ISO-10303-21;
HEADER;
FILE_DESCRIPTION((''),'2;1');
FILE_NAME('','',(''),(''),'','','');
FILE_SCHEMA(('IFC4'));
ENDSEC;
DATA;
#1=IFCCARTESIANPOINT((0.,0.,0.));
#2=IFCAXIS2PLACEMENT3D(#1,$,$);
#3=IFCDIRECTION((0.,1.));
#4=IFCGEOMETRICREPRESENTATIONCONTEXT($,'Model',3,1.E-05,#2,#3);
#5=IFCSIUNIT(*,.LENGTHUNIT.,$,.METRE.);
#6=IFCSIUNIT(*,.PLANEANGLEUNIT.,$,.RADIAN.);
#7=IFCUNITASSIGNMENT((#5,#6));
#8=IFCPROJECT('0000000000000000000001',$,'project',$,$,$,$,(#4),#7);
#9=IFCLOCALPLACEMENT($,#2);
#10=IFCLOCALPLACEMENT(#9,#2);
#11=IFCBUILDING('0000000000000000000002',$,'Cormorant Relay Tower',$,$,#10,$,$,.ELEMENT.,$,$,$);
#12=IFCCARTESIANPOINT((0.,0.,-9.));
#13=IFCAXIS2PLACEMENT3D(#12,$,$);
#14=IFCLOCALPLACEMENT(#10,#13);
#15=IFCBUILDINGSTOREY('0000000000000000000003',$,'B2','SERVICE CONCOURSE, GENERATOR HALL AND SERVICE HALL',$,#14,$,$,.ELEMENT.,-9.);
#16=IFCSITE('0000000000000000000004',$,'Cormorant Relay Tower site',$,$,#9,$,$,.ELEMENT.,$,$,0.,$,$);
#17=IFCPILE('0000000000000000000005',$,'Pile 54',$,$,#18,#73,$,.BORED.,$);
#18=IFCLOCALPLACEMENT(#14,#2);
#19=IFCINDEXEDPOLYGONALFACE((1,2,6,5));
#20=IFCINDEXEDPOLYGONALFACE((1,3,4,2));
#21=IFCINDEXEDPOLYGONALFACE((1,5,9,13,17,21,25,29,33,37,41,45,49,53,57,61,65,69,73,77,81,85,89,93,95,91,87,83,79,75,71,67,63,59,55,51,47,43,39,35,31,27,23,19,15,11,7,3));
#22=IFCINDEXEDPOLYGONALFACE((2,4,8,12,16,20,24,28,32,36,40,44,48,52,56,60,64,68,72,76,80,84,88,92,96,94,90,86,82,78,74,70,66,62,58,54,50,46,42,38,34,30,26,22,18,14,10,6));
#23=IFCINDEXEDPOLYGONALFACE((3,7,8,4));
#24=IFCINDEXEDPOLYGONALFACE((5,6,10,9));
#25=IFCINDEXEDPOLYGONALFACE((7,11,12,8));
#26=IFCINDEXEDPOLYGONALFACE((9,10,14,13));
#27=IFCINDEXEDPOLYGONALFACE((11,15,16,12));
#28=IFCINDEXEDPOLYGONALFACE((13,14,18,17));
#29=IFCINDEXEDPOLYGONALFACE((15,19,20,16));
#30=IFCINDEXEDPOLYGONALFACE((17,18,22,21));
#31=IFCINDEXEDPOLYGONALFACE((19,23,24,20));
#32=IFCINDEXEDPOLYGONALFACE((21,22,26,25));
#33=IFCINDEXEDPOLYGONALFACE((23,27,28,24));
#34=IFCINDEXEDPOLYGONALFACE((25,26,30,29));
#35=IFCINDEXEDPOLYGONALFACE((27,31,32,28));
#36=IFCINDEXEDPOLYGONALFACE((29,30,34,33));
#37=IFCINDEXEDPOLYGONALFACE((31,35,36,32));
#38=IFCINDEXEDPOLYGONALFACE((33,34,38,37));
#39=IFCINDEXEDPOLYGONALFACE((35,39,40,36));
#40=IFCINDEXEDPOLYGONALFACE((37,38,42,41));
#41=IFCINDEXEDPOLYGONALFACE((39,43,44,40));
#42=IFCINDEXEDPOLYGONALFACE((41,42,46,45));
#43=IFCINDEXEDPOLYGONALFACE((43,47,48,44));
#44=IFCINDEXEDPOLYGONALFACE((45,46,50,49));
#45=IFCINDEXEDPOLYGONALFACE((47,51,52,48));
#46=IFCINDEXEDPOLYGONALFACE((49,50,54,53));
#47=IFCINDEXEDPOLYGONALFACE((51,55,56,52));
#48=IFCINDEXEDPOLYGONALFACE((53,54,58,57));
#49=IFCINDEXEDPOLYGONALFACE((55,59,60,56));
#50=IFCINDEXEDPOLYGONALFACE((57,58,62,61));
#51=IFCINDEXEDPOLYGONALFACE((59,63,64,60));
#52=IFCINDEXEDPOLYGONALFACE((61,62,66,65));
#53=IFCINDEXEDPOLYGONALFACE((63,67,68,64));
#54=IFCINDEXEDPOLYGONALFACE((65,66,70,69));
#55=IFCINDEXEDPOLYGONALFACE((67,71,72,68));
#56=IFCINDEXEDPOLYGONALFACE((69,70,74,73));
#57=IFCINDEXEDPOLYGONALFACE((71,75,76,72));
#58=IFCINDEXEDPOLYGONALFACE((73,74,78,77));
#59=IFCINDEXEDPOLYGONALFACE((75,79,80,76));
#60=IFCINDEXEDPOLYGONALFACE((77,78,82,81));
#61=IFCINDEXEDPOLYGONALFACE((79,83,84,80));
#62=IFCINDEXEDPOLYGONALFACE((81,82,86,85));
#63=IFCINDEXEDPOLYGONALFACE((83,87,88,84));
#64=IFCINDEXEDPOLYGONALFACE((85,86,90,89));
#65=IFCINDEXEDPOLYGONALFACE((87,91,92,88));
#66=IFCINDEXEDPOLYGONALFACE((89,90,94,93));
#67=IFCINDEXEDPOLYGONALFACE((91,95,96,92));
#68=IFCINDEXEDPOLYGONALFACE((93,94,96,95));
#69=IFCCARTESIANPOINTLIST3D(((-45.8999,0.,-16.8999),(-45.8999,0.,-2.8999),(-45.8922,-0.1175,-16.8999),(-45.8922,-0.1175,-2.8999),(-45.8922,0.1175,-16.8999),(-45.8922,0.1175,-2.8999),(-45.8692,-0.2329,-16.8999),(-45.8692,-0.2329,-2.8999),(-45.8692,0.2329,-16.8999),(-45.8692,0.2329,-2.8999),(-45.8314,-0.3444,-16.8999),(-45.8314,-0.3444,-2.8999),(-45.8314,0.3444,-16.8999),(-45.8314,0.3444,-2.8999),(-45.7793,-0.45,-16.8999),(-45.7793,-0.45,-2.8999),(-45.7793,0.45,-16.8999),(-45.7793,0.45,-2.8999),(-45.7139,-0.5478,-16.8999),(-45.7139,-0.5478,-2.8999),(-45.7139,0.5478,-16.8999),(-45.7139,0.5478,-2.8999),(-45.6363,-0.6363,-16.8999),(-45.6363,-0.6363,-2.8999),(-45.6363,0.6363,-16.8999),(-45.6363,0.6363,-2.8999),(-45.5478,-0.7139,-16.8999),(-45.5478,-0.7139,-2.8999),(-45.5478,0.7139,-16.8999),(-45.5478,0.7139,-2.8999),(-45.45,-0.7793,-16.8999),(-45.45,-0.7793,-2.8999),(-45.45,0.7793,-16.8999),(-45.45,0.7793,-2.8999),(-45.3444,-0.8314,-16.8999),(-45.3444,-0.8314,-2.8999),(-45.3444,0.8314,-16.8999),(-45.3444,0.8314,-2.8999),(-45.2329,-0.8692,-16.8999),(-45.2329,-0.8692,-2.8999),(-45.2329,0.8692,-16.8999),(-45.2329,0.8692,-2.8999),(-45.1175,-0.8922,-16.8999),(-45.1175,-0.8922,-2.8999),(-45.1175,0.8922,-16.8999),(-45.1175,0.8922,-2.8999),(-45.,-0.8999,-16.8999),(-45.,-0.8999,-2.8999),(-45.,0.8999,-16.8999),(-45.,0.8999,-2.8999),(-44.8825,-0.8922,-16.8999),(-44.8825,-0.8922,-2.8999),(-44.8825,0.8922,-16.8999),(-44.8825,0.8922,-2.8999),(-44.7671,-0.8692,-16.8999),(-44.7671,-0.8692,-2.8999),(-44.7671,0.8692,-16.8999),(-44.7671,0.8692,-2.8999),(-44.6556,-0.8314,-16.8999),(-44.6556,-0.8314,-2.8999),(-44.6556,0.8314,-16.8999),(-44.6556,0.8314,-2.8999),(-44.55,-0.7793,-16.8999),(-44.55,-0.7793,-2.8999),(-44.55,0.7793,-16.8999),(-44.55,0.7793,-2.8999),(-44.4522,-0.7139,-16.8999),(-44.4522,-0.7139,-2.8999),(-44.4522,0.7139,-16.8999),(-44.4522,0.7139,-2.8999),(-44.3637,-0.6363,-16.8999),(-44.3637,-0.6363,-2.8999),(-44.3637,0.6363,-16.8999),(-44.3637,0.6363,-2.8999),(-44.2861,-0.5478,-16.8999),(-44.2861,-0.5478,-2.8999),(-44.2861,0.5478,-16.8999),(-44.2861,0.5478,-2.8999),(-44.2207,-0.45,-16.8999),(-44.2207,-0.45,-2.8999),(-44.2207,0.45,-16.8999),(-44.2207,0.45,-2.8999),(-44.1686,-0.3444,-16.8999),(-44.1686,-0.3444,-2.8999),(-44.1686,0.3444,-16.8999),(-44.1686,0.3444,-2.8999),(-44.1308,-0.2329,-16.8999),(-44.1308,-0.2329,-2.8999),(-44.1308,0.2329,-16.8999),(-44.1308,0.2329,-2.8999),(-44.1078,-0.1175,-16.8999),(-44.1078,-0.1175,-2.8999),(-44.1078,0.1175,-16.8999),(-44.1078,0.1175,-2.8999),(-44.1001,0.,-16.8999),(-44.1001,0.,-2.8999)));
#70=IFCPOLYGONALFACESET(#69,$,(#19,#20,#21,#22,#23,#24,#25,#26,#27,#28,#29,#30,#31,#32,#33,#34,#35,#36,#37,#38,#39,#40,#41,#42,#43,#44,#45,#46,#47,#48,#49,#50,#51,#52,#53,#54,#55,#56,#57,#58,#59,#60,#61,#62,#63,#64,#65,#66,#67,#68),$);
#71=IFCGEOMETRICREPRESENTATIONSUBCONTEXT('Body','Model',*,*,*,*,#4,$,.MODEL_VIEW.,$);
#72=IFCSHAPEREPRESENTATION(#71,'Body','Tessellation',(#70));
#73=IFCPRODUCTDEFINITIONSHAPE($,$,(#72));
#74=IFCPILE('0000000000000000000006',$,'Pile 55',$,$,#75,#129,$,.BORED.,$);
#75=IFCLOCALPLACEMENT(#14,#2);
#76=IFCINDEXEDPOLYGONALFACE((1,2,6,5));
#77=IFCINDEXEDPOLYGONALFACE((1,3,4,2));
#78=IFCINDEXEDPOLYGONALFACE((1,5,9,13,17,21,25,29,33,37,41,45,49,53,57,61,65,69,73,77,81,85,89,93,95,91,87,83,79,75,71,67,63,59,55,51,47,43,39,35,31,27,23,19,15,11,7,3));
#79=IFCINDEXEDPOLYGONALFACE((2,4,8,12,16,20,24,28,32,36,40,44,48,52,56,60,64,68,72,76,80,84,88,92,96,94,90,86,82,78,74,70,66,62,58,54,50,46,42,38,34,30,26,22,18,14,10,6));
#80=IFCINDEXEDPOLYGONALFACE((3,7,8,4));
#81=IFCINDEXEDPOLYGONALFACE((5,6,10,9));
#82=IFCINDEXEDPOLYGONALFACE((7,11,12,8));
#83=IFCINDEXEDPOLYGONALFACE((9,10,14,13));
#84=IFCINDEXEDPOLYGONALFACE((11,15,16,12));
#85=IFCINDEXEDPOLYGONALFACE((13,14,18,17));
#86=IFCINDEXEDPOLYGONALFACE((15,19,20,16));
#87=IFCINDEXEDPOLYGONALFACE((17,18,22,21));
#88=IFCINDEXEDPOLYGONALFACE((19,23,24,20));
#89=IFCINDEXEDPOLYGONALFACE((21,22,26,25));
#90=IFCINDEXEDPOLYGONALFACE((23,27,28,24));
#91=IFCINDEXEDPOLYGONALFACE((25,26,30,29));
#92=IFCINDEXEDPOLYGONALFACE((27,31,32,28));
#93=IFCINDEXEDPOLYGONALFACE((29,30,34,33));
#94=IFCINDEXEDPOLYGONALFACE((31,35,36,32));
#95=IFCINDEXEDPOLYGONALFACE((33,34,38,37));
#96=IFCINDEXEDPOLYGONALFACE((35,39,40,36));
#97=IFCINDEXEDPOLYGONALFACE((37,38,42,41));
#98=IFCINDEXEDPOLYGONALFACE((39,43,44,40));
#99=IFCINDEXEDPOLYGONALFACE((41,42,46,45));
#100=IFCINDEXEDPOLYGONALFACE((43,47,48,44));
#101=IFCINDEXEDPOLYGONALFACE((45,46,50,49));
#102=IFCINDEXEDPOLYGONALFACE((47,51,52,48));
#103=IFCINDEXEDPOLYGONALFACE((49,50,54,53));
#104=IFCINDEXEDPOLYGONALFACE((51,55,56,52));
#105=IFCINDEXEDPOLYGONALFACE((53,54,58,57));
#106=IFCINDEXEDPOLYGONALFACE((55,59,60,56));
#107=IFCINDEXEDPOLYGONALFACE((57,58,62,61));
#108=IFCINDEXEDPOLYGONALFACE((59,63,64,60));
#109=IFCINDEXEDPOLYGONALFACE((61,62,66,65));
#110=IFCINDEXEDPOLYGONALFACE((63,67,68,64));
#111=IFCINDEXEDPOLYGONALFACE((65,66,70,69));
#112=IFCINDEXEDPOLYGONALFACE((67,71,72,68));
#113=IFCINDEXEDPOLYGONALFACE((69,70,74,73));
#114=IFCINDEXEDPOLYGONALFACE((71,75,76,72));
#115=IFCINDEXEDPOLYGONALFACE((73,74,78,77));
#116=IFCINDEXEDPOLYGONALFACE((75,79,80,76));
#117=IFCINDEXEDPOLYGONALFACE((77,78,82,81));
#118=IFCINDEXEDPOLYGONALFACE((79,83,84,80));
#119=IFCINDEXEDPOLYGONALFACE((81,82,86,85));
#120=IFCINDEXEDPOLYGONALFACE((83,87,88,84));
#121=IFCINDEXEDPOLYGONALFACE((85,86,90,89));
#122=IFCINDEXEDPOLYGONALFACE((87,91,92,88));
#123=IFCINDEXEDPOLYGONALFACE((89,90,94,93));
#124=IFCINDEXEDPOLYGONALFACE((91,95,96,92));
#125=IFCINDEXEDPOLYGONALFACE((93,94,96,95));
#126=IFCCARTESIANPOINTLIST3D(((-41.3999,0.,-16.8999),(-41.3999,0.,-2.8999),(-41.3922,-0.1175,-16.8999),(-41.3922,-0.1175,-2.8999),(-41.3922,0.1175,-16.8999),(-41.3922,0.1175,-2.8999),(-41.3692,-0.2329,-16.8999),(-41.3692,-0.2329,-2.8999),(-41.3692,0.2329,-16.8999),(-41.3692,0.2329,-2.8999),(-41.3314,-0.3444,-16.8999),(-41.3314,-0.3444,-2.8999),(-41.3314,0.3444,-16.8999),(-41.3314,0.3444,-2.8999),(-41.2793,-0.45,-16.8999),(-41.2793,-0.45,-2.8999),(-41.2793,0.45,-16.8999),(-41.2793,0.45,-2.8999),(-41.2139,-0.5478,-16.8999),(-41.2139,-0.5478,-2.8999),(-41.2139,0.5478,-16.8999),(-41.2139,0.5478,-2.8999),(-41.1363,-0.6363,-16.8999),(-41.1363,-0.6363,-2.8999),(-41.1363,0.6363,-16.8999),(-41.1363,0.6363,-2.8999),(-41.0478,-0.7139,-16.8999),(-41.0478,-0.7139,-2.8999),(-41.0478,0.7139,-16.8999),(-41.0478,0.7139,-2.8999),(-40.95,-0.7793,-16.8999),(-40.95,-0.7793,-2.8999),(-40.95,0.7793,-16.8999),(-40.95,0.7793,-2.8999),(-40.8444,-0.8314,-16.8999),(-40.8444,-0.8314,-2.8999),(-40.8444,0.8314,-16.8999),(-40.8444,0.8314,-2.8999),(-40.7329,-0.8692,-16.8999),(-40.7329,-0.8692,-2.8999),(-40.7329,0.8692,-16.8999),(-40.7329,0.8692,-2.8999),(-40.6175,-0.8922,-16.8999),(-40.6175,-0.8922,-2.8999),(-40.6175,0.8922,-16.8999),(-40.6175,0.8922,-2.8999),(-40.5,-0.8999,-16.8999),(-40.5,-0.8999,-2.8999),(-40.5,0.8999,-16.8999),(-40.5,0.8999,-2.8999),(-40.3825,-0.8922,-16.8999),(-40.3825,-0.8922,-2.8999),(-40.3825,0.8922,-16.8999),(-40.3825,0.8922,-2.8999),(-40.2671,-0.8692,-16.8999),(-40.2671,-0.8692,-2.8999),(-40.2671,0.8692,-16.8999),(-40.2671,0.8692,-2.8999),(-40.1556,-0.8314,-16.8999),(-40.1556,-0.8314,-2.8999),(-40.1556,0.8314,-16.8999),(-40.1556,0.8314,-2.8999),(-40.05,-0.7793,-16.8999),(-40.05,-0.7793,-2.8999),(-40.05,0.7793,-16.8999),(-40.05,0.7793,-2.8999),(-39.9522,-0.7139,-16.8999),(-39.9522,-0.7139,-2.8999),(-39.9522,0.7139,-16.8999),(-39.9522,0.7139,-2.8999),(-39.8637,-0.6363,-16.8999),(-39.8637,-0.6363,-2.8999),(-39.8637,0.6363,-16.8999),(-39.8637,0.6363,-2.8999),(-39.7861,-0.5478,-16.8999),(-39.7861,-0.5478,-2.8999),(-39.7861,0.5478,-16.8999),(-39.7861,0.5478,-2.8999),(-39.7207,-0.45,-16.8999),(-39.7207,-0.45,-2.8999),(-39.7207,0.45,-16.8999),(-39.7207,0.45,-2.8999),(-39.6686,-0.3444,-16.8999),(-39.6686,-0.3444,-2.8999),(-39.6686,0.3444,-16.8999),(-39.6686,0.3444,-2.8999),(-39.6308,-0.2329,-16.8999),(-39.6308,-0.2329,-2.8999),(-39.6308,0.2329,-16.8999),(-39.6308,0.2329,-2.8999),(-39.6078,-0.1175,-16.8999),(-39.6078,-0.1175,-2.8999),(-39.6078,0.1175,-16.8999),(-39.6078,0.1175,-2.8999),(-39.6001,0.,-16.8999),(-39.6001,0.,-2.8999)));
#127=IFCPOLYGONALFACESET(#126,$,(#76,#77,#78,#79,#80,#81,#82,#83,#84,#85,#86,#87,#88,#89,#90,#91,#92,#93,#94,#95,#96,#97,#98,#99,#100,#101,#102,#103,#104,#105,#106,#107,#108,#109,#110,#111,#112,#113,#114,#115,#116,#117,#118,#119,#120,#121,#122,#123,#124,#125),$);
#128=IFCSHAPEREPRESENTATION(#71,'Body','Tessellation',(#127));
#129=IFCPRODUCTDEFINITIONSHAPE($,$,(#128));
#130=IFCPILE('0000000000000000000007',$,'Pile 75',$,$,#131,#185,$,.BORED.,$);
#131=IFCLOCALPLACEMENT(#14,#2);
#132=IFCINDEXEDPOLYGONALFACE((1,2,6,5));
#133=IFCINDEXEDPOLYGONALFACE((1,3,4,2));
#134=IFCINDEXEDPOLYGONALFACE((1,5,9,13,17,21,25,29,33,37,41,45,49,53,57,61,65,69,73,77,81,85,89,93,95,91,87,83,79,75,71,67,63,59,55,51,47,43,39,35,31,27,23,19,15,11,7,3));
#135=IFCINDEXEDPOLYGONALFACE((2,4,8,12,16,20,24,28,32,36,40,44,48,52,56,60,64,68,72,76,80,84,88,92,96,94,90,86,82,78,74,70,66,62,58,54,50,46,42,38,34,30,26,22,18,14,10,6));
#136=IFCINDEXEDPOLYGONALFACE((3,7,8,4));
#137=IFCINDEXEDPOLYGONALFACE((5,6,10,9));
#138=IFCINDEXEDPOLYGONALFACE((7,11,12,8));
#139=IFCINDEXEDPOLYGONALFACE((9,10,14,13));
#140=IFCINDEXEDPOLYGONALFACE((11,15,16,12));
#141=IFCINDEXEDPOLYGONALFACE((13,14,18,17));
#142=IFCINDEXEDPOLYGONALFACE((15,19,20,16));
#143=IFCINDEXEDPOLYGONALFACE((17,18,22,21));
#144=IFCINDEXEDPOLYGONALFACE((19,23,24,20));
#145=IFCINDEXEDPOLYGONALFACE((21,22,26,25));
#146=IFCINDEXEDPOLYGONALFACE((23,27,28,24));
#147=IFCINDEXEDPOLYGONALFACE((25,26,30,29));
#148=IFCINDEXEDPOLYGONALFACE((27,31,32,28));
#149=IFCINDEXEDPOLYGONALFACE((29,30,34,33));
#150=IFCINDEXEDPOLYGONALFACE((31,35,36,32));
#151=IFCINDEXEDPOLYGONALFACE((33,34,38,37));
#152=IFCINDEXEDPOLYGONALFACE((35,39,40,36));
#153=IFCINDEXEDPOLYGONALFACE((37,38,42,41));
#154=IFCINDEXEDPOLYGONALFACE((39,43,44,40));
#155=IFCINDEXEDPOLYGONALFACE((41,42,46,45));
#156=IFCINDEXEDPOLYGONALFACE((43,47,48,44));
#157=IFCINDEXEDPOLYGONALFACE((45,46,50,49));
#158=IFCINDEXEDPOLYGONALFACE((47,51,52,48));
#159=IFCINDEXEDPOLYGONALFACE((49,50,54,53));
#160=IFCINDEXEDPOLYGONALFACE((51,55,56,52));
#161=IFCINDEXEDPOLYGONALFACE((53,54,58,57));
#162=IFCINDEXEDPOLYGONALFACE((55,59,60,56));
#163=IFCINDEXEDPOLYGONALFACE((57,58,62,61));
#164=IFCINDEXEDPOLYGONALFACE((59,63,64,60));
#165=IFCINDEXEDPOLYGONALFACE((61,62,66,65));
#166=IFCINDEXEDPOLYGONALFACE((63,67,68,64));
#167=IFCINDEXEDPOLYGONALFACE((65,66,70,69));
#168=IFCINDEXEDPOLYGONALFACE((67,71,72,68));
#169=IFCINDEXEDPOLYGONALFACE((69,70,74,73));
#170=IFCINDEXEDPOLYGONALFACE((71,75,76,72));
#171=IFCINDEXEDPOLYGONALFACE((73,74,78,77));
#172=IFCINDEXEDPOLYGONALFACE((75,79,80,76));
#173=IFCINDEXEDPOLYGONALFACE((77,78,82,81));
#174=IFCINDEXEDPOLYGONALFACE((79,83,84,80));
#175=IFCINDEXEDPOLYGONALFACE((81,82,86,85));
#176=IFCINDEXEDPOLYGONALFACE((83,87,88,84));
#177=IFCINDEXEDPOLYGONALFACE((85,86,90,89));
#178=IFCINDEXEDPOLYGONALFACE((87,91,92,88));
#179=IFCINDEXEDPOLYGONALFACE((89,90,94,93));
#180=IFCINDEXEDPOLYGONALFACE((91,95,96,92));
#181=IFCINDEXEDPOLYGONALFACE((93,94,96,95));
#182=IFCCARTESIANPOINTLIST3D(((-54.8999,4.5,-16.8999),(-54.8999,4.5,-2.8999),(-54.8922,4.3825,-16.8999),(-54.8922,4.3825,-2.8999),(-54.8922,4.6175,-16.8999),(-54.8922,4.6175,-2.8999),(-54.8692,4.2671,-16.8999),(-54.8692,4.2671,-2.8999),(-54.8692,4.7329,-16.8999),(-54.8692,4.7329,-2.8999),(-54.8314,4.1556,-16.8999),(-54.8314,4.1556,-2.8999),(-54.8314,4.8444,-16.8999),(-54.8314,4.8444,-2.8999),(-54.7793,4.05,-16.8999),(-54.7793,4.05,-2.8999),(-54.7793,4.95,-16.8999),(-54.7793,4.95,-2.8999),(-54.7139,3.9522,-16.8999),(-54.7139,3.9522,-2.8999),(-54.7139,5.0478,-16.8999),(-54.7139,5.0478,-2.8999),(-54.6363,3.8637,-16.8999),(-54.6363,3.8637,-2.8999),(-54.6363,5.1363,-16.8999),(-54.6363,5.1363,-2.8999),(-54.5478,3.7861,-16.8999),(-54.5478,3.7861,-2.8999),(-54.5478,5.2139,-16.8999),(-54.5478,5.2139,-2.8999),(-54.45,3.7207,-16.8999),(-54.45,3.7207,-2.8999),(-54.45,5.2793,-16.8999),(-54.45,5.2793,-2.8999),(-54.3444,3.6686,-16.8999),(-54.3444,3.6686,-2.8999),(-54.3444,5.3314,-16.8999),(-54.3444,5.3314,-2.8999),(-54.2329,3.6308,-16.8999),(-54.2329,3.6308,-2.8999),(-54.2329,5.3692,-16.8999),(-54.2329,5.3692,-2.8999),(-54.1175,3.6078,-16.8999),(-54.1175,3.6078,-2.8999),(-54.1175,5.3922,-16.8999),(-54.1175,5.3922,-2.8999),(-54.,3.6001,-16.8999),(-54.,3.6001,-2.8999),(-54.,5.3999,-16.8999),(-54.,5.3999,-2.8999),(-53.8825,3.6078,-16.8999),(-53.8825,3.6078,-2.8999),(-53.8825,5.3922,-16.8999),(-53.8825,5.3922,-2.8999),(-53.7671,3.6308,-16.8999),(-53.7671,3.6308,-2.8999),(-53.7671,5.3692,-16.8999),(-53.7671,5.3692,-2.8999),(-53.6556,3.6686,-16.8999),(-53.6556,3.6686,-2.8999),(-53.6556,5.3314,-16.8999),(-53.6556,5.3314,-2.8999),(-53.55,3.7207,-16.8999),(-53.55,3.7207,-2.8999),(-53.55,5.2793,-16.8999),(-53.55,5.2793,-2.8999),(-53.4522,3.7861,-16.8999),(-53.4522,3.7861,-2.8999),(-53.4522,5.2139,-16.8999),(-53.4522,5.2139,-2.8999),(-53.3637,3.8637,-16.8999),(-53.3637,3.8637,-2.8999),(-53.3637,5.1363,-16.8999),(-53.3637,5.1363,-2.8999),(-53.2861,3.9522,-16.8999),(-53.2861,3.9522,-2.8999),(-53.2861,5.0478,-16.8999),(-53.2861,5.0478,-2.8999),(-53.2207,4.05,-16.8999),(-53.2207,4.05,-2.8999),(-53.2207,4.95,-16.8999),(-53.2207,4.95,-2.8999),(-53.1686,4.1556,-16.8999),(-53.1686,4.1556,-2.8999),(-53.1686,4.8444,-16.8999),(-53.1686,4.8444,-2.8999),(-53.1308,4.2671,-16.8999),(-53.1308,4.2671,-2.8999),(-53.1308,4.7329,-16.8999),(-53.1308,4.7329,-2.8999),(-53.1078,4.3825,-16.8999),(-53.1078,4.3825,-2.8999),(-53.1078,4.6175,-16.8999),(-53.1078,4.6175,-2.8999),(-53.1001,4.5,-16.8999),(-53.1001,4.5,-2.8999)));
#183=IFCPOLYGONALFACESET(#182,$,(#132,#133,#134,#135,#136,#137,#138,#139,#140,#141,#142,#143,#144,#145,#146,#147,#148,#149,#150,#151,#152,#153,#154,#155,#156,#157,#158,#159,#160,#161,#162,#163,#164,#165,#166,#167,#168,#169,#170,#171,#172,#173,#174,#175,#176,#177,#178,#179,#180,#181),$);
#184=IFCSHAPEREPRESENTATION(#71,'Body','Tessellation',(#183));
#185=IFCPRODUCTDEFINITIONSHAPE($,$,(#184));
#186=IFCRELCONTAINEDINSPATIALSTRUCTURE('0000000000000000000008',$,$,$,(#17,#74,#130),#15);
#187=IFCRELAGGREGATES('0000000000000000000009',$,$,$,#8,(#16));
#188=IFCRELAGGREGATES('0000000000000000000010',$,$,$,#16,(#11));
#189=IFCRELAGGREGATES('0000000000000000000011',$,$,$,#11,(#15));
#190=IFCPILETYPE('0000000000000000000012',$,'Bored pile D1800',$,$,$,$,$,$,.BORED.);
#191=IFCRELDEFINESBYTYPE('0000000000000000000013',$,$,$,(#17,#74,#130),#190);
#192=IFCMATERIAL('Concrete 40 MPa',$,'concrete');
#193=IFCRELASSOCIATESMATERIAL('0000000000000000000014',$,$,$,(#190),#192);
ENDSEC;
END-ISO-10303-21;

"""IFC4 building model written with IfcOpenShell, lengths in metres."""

from ifc_helpers import new_model, si_unit, direction, frame, origin, origin_2d, place, context, subcontext, project, spatial, circle, extrude, material, material_profile, profile_set, type_object, element, save


model = new_model("IFC4")

# Units and contexts
model_context = context("Model", 3, precision=1e-05, world=origin(), true_north=direction((0.0, 1.0)))
body_context = subcontext(model_context, "Body", "Model", "MODEL_VIEW")
ifc_project = project(units=[si_unit("LENGTHUNIT", "METRE"), si_unit("PLANEANGLEUNIT", "RADIAN")], contexts=[model_context])

# Site, building, storey
site_placement = place(None, origin())
site = spatial("IfcSite", under=ifc_project, at=site_placement, Name="Cormorant Relay Tower site", CompositionType="ELEMENT", RefElevation=0.0)
building_placement = place(site_placement, origin())
building = spatial("IfcBuilding", under=site, at=building_placement, Name="Cormorant Relay Tower", CompositionType="ELEMENT")
storey_placement = place(building_placement, frame((0.0, 0.0, -9.0)))
storey = spatial("IfcBuildingStorey", under=building, at=storey_placement, Name="B2", Description="SERVICE CONCOURSE, GENERATOR HALL AND SERVICE HALL", CompositionType="ELEMENT", Elevation=-9.0)

# Piles
ifc_material_1 = material(Name="Concrete 40 MPa", Category="concrete")
ifc_material_profile_1 = material_profile(ifc_material_1, circle(Radius=0.8999, at=origin_2d()), Name="BP1800")
ifc_profile_set_1 = profile_set([ifc_material_profile_1], Name="Concrete 40 MPa")
pile_type = type_object("IfcPileType", Name="Bored pile D1800", PredefinedType="BORED", material=ifc_profile_set_1)
for number, where, z_axis, x_axis, name in (
    (1, (-45.0, 0.0, -2.8999), (0.0, 0.0, -1.0), (1.0, 0.0, 0.0), "Pile 54"),
    (2, (-40.5, 0.0, -2.8999), (0.0, 0.0, -1.0), (1.0, 0.0, 0.0), "Pile 55"),
    (3, (-54.0, 4.5, -2.8999), (0.0, 0.0, -1.0), (1.0, 0.0, 0.0), "Pile 75"),
):
    element("IfcPile", number, at=place(storey_placement, frame(where, z_axis=z_axis, x_axis=x_axis)), inside=storey, type_object=pile_type, Name=name, PredefinedType="BORED", context=body_context, shape_type="SweptSolid", body=[
        extrude(circle(Radius=0.8999, at=origin_2d()), origin(), (0.0, 0.0, 1.0), 14.0),
    ])

save(model, "model.ifc")
